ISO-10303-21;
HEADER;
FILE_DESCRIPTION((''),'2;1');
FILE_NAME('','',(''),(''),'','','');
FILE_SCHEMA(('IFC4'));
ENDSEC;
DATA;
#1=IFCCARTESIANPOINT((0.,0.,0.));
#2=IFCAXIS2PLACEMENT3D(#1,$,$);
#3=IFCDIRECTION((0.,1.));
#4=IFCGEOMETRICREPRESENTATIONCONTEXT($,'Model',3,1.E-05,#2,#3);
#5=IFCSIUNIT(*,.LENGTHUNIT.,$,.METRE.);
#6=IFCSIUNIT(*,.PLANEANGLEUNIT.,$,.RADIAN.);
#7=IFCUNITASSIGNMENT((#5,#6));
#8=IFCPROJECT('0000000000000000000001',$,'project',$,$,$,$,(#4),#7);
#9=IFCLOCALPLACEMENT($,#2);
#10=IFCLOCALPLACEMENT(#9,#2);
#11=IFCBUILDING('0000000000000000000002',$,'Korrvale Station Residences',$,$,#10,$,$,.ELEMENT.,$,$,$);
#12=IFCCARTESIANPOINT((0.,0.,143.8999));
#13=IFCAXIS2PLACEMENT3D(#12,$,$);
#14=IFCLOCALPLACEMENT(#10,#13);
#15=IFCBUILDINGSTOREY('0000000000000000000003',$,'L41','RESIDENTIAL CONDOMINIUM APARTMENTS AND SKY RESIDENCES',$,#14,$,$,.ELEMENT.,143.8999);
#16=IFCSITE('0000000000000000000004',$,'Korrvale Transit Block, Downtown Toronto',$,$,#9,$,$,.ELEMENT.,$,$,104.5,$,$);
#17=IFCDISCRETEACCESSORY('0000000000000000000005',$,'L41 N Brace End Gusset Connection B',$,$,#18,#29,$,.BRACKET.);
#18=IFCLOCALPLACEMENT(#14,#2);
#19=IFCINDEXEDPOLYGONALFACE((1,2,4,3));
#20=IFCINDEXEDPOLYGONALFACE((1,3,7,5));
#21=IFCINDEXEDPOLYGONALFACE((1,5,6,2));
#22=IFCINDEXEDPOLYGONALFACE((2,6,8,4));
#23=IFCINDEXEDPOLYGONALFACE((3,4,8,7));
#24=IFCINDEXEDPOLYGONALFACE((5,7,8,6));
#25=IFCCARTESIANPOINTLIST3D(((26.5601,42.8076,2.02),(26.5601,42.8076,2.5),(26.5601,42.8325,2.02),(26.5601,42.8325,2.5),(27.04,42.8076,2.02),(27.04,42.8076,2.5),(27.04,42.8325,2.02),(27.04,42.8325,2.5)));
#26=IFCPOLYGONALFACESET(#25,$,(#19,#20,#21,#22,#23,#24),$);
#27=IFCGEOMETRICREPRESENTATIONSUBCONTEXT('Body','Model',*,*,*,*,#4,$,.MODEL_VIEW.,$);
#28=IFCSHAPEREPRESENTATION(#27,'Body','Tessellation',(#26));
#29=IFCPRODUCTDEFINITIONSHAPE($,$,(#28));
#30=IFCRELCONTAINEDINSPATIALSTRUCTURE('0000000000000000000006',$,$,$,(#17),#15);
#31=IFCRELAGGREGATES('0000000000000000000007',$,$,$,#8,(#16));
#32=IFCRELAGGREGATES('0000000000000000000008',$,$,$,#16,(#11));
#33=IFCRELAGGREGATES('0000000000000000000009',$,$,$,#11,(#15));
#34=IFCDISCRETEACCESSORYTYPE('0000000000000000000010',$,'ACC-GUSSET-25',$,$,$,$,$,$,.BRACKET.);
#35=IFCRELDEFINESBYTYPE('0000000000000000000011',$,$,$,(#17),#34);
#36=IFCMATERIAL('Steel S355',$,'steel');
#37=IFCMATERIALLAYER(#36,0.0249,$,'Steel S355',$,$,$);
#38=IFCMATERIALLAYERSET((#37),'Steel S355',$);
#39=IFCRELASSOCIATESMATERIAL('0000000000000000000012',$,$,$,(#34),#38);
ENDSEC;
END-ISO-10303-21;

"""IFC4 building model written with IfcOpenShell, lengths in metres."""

from ifc_helpers import new_model, si_unit, direction, frame, origin, origin_2d, place, context, subcontext, project, spatial, rectangle, extrude, material, layer, layer_set, type_object, element, save


model = new_model("IFC4")

# Units and contexts
model_context = context("Model", 3, precision=1e-05, world=origin(), true_north=direction((0.0, 1.0)))
body_context = subcontext(model_context, "Body", "Model", "MODEL_VIEW")
ifc_project = project(units=[si_unit("LENGTHUNIT", "METRE"), si_unit("PLANEANGLEUNIT", "RADIAN")], contexts=[model_context])

# Site, building, storey
site_placement = place(None, origin())
site = spatial("IfcSite", under=ifc_project, at=site_placement, Name="Korrvale Transit Block, Downtown Toronto", CompositionType="ELEMENT", RefElevation=104.5)
building_placement = place(site_placement, origin())
building = spatial("IfcBuilding", under=site, at=building_placement, Name="Korrvale Station Residences", CompositionType="ELEMENT")
storey_placement = place(building_placement, frame((0.0, 0.0, 143.8999)))
storey = spatial("IfcBuildingStorey", under=building, at=storey_placement, Name="L41", Description="RESIDENTIAL CONDOMINIUM APARTMENTS AND SKY RESIDENCES", CompositionType="ELEMENT", Elevation=143.8999)

# Shared definitions
ifc_material_1 = material(Name="Steel S355", Category="steel")

# Discrete accessory
ifc_layer_1 = layer(ifc_material_1, 0.0249, Name="Steel S355")
ifc_layer_set_1 = layer_set([ifc_layer_1], Name="Steel S355")
discrete_accessory_type = type_object("IfcDiscreteAccessoryType", Name="ACC-GUSSET-25", PredefinedType="BRACKET", material=ifc_layer_set_1)
for number, where, z_axis, x_axis, name in (
    (1, (26.8, 42.8201, 2.02), (0.0, 0.0, 1.0), (1.0, 0.0, 0.0), "L41 N Brace End Gusset Connection B"),
):
    element("IfcDiscreteAccessory", number, at=place(storey_placement, frame(where, z_axis=z_axis, x_axis=x_axis)), inside=storey, type_object=discrete_accessory_type, Name=name, PredefinedType="BRACKET", context=body_context, shape_type="SweptSolid", body=[
        extrude(rectangle(XDim=0.48, YDim=0.0249, at=origin_2d()), origin(), (0.0, 0.0, 1.0), 0.48),
    ])

save(model, "model.ifc")
